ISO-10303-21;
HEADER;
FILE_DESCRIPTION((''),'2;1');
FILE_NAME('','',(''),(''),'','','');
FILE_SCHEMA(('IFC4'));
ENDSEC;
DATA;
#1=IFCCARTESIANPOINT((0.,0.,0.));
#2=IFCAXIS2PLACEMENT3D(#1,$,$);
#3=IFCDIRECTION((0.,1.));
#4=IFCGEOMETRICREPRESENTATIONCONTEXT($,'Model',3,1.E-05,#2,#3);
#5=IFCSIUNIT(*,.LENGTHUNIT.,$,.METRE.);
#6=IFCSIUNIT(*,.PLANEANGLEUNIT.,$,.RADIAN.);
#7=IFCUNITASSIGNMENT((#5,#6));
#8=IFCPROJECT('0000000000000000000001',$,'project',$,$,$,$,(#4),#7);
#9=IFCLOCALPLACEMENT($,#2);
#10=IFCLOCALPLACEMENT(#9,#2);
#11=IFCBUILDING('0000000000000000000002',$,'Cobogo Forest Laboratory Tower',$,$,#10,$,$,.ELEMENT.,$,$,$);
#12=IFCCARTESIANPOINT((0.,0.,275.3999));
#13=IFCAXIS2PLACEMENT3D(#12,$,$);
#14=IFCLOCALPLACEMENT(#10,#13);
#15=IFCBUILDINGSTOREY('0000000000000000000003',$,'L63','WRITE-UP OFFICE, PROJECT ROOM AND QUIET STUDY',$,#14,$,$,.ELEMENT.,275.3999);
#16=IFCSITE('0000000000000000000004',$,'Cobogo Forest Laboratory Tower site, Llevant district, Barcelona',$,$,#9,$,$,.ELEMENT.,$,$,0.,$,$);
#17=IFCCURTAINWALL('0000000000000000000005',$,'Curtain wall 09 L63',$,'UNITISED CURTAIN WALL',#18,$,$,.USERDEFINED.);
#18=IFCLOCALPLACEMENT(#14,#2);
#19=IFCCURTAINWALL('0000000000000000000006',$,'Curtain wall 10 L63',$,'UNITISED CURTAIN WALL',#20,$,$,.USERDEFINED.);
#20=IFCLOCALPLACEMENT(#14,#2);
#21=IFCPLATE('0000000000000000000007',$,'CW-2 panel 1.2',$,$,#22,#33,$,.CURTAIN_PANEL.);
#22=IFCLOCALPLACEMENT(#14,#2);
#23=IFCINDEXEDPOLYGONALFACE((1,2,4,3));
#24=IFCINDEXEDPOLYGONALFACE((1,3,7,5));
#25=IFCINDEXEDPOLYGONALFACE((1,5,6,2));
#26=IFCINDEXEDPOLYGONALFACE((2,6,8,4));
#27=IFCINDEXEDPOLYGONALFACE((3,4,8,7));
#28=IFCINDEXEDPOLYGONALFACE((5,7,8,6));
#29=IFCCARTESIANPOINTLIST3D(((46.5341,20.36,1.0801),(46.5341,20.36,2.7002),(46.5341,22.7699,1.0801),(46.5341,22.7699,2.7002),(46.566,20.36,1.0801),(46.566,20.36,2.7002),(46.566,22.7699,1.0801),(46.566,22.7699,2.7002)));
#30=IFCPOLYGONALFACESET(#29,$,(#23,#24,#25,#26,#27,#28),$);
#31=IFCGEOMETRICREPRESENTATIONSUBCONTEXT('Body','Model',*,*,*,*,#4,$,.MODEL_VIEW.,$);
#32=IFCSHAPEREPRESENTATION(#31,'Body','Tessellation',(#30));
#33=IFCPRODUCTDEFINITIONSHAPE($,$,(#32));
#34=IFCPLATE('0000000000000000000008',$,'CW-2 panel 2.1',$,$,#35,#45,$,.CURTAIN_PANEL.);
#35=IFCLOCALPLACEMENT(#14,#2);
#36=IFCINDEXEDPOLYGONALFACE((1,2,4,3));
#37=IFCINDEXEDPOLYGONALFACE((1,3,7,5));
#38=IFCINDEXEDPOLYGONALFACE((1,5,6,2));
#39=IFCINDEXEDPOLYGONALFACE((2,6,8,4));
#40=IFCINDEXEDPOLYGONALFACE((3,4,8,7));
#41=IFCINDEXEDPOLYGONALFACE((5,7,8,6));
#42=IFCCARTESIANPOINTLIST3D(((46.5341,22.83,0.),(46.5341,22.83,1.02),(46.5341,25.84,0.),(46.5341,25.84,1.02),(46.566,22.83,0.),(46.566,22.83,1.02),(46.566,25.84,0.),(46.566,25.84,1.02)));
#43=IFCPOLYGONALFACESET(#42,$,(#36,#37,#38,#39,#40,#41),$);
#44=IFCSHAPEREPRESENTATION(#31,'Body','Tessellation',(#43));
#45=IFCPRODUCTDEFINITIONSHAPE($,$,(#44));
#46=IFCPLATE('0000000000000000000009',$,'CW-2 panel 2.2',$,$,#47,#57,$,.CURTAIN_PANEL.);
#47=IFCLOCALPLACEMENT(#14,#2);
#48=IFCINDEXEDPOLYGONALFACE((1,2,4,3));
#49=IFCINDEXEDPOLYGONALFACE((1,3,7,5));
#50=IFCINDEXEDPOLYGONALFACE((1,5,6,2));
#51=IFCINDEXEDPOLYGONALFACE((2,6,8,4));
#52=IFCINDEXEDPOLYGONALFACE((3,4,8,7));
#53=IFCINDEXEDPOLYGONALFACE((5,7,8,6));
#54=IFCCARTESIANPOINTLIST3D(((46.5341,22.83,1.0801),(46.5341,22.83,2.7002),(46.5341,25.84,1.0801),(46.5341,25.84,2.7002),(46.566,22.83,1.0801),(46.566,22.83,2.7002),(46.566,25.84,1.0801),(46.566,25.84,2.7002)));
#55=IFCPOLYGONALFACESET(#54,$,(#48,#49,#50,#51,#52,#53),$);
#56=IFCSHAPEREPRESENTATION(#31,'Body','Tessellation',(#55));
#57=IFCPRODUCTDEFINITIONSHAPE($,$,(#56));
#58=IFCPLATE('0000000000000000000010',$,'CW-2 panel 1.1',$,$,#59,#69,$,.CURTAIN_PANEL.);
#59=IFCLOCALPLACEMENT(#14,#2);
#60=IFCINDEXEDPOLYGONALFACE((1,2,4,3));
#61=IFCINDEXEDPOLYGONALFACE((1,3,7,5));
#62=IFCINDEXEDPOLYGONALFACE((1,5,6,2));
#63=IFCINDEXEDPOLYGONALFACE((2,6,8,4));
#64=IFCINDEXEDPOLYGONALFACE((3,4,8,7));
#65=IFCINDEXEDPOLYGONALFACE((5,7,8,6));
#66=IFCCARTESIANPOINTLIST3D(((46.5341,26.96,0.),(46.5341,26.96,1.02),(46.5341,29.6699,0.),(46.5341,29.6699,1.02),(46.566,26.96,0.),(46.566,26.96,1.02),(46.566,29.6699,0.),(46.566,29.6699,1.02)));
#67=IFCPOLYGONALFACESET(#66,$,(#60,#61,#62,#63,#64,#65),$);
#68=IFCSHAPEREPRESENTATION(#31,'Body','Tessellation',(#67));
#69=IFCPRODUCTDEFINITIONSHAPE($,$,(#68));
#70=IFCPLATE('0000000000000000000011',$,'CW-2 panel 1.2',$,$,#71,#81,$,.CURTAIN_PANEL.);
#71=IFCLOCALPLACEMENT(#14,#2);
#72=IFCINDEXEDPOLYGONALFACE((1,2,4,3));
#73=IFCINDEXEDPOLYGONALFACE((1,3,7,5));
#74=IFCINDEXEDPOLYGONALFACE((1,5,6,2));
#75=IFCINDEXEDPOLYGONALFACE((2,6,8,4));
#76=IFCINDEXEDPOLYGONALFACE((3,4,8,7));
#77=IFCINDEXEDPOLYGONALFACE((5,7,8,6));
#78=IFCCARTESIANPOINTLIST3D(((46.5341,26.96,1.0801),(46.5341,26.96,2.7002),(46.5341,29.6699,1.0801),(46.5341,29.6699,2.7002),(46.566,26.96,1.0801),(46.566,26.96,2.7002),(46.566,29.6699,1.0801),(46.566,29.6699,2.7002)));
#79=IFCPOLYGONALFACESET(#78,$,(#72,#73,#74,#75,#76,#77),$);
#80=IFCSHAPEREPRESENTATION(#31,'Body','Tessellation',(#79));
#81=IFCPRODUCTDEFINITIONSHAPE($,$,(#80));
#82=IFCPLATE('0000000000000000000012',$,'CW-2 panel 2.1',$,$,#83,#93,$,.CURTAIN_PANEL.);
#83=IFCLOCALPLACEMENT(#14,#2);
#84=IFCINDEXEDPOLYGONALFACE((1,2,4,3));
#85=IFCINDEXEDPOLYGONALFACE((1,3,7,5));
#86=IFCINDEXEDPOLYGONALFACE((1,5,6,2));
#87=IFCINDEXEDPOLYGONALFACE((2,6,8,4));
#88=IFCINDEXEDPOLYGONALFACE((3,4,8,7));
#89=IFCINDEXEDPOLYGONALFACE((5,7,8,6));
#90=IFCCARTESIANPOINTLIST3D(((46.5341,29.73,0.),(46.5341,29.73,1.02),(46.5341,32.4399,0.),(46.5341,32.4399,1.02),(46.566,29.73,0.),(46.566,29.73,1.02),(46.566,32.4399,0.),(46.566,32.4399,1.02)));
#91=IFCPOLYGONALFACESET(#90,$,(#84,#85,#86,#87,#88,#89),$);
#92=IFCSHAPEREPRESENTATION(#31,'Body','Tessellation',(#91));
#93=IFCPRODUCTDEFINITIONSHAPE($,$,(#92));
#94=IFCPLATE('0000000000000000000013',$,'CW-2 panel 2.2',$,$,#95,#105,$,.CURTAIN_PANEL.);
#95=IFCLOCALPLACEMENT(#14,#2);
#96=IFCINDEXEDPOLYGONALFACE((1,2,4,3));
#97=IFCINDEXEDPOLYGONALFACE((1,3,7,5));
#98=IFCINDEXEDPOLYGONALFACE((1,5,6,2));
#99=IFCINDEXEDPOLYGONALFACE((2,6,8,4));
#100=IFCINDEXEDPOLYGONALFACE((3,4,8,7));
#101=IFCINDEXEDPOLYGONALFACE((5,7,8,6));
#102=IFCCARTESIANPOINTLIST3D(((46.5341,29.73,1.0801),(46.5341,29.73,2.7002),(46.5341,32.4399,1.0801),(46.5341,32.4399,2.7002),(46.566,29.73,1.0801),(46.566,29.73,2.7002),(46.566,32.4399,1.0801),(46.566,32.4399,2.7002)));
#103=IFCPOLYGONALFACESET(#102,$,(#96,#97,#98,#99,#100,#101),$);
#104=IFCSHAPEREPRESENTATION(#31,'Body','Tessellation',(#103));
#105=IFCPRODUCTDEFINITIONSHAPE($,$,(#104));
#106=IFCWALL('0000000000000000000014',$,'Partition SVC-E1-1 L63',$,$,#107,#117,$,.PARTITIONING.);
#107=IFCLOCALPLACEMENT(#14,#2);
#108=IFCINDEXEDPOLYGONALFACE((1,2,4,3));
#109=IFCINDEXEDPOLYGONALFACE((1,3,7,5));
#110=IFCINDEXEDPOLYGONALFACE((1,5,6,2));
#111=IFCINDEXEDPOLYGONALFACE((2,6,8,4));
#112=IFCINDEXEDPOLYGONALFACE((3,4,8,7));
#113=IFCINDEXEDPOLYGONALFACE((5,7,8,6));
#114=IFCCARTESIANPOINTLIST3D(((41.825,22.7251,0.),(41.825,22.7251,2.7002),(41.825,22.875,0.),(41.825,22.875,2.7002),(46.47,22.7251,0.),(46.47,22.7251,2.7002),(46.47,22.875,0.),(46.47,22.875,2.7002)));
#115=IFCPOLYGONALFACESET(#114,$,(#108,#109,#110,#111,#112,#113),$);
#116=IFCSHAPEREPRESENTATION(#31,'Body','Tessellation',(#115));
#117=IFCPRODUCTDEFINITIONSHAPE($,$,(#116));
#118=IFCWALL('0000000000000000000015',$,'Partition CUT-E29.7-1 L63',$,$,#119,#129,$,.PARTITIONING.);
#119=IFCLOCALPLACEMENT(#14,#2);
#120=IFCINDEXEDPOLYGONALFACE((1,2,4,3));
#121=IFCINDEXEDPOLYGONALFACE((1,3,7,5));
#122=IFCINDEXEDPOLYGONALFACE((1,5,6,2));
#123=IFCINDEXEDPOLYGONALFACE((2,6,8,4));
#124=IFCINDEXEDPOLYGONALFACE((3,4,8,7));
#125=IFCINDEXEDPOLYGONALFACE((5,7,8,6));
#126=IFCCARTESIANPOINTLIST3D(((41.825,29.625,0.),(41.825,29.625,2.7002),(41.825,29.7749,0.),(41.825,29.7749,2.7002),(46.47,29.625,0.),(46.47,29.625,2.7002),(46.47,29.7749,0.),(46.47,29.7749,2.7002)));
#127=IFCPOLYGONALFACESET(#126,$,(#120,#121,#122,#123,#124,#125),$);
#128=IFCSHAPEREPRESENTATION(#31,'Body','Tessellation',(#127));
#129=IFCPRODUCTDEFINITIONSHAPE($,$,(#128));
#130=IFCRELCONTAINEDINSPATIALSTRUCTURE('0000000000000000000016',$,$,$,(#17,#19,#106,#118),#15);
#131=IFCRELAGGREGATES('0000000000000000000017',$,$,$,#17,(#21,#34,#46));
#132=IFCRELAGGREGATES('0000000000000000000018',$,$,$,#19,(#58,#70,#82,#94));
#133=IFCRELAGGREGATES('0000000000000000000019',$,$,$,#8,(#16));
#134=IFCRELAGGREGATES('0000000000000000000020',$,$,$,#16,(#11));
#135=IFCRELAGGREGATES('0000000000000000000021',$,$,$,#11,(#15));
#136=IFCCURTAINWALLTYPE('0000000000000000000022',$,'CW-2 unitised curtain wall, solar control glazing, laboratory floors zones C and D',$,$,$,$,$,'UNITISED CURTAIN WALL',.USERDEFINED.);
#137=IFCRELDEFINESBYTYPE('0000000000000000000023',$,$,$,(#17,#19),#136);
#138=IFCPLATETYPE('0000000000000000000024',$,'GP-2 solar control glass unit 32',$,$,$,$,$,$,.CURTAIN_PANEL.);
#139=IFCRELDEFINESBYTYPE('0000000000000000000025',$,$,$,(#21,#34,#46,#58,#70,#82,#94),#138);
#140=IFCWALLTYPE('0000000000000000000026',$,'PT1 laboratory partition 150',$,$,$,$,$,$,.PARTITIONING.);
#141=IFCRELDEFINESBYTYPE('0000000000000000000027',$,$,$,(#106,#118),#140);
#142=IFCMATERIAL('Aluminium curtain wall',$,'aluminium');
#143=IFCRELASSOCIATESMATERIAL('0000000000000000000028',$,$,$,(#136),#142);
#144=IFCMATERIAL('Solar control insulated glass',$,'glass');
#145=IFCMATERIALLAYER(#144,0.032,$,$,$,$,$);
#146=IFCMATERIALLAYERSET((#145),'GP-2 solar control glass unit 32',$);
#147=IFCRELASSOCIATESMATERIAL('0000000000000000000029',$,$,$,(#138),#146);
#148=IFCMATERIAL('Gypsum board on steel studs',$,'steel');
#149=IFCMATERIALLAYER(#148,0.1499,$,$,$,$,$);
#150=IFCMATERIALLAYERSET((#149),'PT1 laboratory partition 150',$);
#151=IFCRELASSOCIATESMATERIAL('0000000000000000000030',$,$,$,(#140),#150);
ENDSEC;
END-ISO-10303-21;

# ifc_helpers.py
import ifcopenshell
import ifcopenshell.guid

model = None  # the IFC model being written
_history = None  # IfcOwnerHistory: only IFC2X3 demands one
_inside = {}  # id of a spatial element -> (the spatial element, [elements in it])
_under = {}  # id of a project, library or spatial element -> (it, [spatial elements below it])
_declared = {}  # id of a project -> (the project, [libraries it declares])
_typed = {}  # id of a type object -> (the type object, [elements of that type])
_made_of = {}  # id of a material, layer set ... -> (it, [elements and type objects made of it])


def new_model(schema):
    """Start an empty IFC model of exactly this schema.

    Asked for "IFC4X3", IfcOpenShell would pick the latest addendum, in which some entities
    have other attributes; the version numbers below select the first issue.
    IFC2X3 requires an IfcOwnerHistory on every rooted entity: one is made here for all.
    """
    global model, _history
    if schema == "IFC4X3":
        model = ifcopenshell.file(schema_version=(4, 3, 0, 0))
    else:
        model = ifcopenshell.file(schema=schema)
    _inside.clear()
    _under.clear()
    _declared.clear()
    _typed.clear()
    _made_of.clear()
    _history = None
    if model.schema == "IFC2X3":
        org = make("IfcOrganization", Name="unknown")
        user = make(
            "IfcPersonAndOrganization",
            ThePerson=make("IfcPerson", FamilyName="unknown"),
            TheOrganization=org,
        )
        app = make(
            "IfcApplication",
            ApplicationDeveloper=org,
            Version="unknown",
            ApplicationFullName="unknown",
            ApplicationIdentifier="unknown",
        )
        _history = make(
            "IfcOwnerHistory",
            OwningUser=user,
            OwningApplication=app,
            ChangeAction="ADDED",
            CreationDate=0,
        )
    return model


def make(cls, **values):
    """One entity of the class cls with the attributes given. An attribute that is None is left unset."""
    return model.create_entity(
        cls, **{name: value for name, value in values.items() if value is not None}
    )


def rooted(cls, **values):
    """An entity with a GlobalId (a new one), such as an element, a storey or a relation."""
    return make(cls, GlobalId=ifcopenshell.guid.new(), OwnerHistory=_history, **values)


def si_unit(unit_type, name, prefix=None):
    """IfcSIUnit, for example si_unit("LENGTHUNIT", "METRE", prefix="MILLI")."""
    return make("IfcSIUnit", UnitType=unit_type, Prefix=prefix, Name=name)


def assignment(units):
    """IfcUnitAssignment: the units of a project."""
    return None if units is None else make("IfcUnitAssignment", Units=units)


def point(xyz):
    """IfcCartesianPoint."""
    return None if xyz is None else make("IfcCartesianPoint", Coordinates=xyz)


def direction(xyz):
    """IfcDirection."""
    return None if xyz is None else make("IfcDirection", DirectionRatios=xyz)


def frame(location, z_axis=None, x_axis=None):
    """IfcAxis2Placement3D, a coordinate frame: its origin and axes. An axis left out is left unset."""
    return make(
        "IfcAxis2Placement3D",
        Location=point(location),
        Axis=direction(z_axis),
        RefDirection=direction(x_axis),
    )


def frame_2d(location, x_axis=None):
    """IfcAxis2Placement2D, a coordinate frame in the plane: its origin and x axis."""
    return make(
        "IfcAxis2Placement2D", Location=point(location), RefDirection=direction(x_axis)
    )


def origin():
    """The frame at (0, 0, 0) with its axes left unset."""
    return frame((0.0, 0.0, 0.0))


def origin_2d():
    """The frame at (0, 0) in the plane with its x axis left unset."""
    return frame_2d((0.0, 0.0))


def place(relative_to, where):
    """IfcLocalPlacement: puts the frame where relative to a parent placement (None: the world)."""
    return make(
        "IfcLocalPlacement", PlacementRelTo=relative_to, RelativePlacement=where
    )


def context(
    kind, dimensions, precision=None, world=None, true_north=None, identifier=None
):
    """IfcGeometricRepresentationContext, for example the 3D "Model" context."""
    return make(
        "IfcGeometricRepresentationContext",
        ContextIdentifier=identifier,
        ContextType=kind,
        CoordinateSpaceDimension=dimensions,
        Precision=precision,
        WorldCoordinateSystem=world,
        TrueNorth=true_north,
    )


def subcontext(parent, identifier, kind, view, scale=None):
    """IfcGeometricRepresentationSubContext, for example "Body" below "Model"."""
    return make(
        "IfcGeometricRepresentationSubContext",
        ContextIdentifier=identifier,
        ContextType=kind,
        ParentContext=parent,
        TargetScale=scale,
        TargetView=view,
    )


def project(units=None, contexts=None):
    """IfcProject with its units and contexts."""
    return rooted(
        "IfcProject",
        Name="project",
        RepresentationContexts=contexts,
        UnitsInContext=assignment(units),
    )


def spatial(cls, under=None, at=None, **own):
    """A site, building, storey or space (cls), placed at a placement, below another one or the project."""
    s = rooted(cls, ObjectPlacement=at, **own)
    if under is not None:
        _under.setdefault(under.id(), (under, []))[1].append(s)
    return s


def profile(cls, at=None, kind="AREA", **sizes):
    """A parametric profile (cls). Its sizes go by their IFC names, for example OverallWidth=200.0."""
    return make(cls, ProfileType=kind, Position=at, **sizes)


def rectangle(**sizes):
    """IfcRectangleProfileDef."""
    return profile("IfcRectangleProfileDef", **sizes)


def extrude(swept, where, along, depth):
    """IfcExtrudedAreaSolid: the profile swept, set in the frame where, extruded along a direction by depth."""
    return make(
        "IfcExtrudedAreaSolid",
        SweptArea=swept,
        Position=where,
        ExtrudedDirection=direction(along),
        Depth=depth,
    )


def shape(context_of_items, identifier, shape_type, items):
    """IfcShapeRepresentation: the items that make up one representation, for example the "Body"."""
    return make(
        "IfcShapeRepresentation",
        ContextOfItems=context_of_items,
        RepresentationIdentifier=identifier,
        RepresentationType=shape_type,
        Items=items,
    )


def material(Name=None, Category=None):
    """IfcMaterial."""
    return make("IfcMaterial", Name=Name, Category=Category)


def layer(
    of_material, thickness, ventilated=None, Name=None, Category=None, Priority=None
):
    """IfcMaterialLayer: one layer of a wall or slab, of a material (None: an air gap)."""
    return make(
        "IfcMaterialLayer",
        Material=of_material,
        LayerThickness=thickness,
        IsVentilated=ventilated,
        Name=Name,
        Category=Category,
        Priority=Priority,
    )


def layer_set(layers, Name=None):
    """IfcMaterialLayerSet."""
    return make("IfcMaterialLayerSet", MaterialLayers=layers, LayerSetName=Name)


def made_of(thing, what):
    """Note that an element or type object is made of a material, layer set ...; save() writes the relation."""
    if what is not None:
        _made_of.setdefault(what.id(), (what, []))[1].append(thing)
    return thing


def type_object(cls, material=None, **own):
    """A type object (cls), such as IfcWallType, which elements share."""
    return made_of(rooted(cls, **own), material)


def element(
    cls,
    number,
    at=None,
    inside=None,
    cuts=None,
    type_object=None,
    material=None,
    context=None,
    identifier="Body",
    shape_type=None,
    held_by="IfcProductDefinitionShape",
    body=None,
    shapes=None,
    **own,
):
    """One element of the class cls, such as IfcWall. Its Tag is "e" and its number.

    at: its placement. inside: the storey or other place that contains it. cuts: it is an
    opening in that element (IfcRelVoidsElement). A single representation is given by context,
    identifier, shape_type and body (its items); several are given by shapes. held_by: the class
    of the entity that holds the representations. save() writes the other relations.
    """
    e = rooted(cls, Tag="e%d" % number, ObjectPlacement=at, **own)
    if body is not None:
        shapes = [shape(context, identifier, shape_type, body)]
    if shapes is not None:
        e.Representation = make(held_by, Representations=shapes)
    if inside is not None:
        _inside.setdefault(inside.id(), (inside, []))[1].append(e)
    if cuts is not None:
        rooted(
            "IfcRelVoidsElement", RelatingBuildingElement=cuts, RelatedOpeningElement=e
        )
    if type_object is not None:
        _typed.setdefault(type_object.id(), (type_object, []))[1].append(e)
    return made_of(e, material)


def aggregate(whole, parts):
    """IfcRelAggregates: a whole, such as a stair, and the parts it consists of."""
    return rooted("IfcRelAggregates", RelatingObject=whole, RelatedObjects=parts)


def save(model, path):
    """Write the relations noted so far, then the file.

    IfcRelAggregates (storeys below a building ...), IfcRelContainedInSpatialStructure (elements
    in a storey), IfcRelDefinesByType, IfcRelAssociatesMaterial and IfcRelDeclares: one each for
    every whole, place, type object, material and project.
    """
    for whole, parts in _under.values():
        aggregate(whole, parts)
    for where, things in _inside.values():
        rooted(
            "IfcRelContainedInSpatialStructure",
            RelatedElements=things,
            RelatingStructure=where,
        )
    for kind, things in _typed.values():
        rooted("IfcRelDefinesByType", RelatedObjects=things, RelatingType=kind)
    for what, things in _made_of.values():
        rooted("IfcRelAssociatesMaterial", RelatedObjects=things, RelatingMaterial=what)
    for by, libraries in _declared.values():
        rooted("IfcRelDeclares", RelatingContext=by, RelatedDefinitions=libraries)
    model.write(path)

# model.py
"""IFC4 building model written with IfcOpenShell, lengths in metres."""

from ifc_helpers import new_model, si_unit, direction, frame, frame_2d, origin, origin_2d, place, context, subcontext, project, spatial, rectangle, extrude, material, layer, layer_set, type_object, element, aggregate, save


model = new_model("IFC4")

# Units and contexts
model_context = context("Model", 3, precision=1e-05, world=origin(), true_north=direction((0.0, 1.0)))
body_context = subcontext(model_context, "Body", "Model", "MODEL_VIEW")
ifc_project = project(units=[si_unit("LENGTHUNIT", "METRE"), si_unit("PLANEANGLEUNIT", "RADIAN")], contexts=[model_context])

# Site, building, storey
site_placement = place(None, origin())
site = spatial("IfcSite", under=ifc_project, at=site_placement, Name="Cobogo Forest Laboratory Tower site, Llevant district, Barcelona", CompositionType="ELEMENT", RefElevation=0.0)
building_placement = place(site_placement, origin())
building = spatial("IfcBuilding", under=site, at=building_placement, Name="Cobogo Forest Laboratory Tower", CompositionType="ELEMENT")
storey_placement = place(building_placement, frame((0.0, 0.0, 275.3999)))
storey = spatial("IfcBuildingStorey", under=building, at=storey_placement, Name="L63", Description="WRITE-UP OFFICE, PROJECT ROOM AND QUIET STUDY", CompositionType="ELEMENT", Elevation=275.3999)

# Curtain walls
ifc_material_1 = material(Name="Aluminium curtain wall", Category="aluminium")
curtain_wall_type = type_object("IfcCurtainWallType", Name="CW-2 unitised curtain wall, solar control glazing, laboratory floors zones C and D", ElementType="UNITISED CURTAIN WALL", PredefinedType="USERDEFINED", material=ifc_material_1)
curtain_wall_1_placement = place(storey_placement, origin())
curtain_wall_1 = element("IfcCurtainWall", 1, at=curtain_wall_1_placement, inside=storey, type_object=curtain_wall_type, Name="Curtain wall 09 L63", ObjectType="UNITISED CURTAIN WALL", PredefinedType="USERDEFINED")
curtain_wall_2_placement = place(storey_placement, origin())
curtain_wall_2 = element("IfcCurtainWall", 2, at=curtain_wall_2_placement, inside=storey, type_object=curtain_wall_type, Name="Curtain wall 10 L63", ObjectType="UNITISED CURTAIN WALL", PredefinedType="USERDEFINED")

# Plates
ifc_material_2 = material(Name="Solar control insulated glass", Category="glass")
ifc_layer_1 = layer(ifc_material_2, 0.032)
ifc_layer_set_1 = layer_set([ifc_layer_1], Name="GP-2 solar control glass unit 32")
plate_type_1 = type_object("IfcPlateType", Name="GP-2 solar control glass unit 32", PredefinedType="CURTAIN_PANEL", material=ifc_layer_set_1)
plate_1_placement = place(storey_placement, frame((46.55, 21.5649, 1.0801), z_axis=(0.0, 0.0, 1.0), x_axis=(0.0, 1.0, 0.0)))
plate_1 = element("IfcPlate", 3, at=plate_1_placement, type_object=plate_type_1, Name="CW-2 panel 1.2", PredefinedType="CURTAIN_PANEL", context=body_context, shape_type="SweptSolid", body=[
    extrude(rectangle(XDim=2.4099, YDim=0.032, at=origin_2d()), origin(), (0.0, 0.0, 1.0), 1.6201),
])
plate_2_placement = place(storey_placement, frame((46.55, 24.335, 0.0), z_axis=(0.0, 0.0, 1.0), x_axis=(0.0, 1.0, 0.0)))
plate_2 = element("IfcPlate", 4, at=plate_2_placement, type_object=plate_type_1, Name="CW-2 panel 2.1", PredefinedType="CURTAIN_PANEL", context=body_context, shape_type="SweptSolid", body=[
    extrude(rectangle(XDim=3.01, YDim=0.032, at=origin_2d()), origin(), (0.0, 0.0, 1.0), 1.02),
])
plate_3_placement = place(storey_placement, frame((46.55, 24.335, 1.0801), z_axis=(0.0, 0.0, 1.0), x_axis=(0.0, 1.0, 0.0)))
plate_3 = element("IfcPlate", 5, at=plate_3_placement, type_object=plate_type_1, Name="CW-2 panel 2.2", PredefinedType="CURTAIN_PANEL", context=body_context, shape_type="SweptSolid", body=[
    extrude(rectangle(XDim=3.01, YDim=0.032, at=origin_2d()), origin(), (0.0, 0.0, 1.0), 1.6201),
])
aggregate(curtain_wall_1, [plate_1, plate_2, plate_3])
plate_4_placement = place(storey_placement, frame((46.55, 28.3149, 0.0), z_axis=(0.0, 0.0, 1.0), x_axis=(0.0, 1.0, 0.0)))
plate_4 = element("IfcPlate", 6, at=plate_4_placement, type_object=plate_type_1, Name="CW-2 panel 1.1", PredefinedType="CURTAIN_PANEL", context=body_context, shape_type="SweptSolid", body=[
    extrude(rectangle(XDim=2.71, YDim=0.032, at=origin_2d()), origin(), (0.0, 0.0, 1.0), 1.02),
])
plate_5_placement = place(storey_placement, frame((46.55, 28.3149, 1.0801), z_axis=(0.0, 0.0, 1.0), x_axis=(0.0, 1.0, 0.0)))
plate_5 = element("IfcPlate", 7, at=plate_5_placement, type_object=plate_type_1, Name="CW-2 panel 1.2", PredefinedType="CURTAIN_PANEL", context=body_context, shape_type="SweptSolid", body=[
    extrude(rectangle(XDim=2.71, YDim=0.032, at=origin_2d()), origin(), (0.0, 0.0, 1.0), 1.6201),
])
plate_6_placement = place(storey_placement, frame((46.55, 31.085, 0.0), z_axis=(0.0, 0.0, 1.0), x_axis=(0.0, 1.0, 0.0)))
plate_6 = element("IfcPlate", 8, at=plate_6_placement, type_object=plate_type_1, Name="CW-2 panel 2.1", PredefinedType="CURTAIN_PANEL", context=body_context, shape_type="SweptSolid", body=[
    extrude(rectangle(XDim=2.71, YDim=0.032, at=origin_2d()), origin(), (0.0, 0.0, 1.0), 1.02),
])
plate_7_placement = place(storey_placement, frame((46.55, 31.085, 1.0801), z_axis=(0.0, 0.0, 1.0), x_axis=(0.0, 1.0, 0.0)))
plate_7 = element("IfcPlate", 9, at=plate_7_placement, type_object=plate_type_1, Name="CW-2 panel 2.2", PredefinedType="CURTAIN_PANEL", context=body_context, shape_type="SweptSolid", body=[
    extrude(rectangle(XDim=2.71, YDim=0.032, at=origin_2d()), origin(), (0.0, 0.0, 1.0), 1.6201),
])
aggregate(curtain_wall_2, [plate_4, plate_5, plate_6, plate_7])

# Walls
ifc_material_3 = material(Name="Gypsum board on steel studs", Category="steel")
ifc_layer_2 = layer(ifc_material_3, 0.1499)
ifc_layer_set_2 = layer_set([ifc_layer_2], Name="PT1 laboratory partition 150")
wall_type = type_object("IfcWallType", Name="PT1 laboratory partition 150", PredefinedType="PARTITIONING", material=ifc_layer_set_2)
for number, where, z_axis, x_axis, name in (
    (10, (46.47, 22.8, 0.0), (0.0, 0.0, 1.0), (-1.0, 0.0, 0.0), "Partition SVC-E1-1 L63"),
    (11, (46.47, 29.7, 0.0), (0.0, 0.0, 1.0), (-1.0, 0.0, 0.0), "Partition CUT-E29.7-1 L63"),
):
    element("IfcWall", number, at=place(storey_placement, frame(where, z_axis=z_axis, x_axis=x_axis)), inside=storey, type_object=wall_type, Name=name, PredefinedType="PARTITIONING", context=body_context, shape_type="SweptSolid", body=[
        extrude(rectangle(XDim=4.645, YDim=0.1499, at=frame_2d((2.3225, 0.0))), origin(), (0.0, 0.0, 1.0), 2.7002),
    ])

save(model, "model.ifc")
